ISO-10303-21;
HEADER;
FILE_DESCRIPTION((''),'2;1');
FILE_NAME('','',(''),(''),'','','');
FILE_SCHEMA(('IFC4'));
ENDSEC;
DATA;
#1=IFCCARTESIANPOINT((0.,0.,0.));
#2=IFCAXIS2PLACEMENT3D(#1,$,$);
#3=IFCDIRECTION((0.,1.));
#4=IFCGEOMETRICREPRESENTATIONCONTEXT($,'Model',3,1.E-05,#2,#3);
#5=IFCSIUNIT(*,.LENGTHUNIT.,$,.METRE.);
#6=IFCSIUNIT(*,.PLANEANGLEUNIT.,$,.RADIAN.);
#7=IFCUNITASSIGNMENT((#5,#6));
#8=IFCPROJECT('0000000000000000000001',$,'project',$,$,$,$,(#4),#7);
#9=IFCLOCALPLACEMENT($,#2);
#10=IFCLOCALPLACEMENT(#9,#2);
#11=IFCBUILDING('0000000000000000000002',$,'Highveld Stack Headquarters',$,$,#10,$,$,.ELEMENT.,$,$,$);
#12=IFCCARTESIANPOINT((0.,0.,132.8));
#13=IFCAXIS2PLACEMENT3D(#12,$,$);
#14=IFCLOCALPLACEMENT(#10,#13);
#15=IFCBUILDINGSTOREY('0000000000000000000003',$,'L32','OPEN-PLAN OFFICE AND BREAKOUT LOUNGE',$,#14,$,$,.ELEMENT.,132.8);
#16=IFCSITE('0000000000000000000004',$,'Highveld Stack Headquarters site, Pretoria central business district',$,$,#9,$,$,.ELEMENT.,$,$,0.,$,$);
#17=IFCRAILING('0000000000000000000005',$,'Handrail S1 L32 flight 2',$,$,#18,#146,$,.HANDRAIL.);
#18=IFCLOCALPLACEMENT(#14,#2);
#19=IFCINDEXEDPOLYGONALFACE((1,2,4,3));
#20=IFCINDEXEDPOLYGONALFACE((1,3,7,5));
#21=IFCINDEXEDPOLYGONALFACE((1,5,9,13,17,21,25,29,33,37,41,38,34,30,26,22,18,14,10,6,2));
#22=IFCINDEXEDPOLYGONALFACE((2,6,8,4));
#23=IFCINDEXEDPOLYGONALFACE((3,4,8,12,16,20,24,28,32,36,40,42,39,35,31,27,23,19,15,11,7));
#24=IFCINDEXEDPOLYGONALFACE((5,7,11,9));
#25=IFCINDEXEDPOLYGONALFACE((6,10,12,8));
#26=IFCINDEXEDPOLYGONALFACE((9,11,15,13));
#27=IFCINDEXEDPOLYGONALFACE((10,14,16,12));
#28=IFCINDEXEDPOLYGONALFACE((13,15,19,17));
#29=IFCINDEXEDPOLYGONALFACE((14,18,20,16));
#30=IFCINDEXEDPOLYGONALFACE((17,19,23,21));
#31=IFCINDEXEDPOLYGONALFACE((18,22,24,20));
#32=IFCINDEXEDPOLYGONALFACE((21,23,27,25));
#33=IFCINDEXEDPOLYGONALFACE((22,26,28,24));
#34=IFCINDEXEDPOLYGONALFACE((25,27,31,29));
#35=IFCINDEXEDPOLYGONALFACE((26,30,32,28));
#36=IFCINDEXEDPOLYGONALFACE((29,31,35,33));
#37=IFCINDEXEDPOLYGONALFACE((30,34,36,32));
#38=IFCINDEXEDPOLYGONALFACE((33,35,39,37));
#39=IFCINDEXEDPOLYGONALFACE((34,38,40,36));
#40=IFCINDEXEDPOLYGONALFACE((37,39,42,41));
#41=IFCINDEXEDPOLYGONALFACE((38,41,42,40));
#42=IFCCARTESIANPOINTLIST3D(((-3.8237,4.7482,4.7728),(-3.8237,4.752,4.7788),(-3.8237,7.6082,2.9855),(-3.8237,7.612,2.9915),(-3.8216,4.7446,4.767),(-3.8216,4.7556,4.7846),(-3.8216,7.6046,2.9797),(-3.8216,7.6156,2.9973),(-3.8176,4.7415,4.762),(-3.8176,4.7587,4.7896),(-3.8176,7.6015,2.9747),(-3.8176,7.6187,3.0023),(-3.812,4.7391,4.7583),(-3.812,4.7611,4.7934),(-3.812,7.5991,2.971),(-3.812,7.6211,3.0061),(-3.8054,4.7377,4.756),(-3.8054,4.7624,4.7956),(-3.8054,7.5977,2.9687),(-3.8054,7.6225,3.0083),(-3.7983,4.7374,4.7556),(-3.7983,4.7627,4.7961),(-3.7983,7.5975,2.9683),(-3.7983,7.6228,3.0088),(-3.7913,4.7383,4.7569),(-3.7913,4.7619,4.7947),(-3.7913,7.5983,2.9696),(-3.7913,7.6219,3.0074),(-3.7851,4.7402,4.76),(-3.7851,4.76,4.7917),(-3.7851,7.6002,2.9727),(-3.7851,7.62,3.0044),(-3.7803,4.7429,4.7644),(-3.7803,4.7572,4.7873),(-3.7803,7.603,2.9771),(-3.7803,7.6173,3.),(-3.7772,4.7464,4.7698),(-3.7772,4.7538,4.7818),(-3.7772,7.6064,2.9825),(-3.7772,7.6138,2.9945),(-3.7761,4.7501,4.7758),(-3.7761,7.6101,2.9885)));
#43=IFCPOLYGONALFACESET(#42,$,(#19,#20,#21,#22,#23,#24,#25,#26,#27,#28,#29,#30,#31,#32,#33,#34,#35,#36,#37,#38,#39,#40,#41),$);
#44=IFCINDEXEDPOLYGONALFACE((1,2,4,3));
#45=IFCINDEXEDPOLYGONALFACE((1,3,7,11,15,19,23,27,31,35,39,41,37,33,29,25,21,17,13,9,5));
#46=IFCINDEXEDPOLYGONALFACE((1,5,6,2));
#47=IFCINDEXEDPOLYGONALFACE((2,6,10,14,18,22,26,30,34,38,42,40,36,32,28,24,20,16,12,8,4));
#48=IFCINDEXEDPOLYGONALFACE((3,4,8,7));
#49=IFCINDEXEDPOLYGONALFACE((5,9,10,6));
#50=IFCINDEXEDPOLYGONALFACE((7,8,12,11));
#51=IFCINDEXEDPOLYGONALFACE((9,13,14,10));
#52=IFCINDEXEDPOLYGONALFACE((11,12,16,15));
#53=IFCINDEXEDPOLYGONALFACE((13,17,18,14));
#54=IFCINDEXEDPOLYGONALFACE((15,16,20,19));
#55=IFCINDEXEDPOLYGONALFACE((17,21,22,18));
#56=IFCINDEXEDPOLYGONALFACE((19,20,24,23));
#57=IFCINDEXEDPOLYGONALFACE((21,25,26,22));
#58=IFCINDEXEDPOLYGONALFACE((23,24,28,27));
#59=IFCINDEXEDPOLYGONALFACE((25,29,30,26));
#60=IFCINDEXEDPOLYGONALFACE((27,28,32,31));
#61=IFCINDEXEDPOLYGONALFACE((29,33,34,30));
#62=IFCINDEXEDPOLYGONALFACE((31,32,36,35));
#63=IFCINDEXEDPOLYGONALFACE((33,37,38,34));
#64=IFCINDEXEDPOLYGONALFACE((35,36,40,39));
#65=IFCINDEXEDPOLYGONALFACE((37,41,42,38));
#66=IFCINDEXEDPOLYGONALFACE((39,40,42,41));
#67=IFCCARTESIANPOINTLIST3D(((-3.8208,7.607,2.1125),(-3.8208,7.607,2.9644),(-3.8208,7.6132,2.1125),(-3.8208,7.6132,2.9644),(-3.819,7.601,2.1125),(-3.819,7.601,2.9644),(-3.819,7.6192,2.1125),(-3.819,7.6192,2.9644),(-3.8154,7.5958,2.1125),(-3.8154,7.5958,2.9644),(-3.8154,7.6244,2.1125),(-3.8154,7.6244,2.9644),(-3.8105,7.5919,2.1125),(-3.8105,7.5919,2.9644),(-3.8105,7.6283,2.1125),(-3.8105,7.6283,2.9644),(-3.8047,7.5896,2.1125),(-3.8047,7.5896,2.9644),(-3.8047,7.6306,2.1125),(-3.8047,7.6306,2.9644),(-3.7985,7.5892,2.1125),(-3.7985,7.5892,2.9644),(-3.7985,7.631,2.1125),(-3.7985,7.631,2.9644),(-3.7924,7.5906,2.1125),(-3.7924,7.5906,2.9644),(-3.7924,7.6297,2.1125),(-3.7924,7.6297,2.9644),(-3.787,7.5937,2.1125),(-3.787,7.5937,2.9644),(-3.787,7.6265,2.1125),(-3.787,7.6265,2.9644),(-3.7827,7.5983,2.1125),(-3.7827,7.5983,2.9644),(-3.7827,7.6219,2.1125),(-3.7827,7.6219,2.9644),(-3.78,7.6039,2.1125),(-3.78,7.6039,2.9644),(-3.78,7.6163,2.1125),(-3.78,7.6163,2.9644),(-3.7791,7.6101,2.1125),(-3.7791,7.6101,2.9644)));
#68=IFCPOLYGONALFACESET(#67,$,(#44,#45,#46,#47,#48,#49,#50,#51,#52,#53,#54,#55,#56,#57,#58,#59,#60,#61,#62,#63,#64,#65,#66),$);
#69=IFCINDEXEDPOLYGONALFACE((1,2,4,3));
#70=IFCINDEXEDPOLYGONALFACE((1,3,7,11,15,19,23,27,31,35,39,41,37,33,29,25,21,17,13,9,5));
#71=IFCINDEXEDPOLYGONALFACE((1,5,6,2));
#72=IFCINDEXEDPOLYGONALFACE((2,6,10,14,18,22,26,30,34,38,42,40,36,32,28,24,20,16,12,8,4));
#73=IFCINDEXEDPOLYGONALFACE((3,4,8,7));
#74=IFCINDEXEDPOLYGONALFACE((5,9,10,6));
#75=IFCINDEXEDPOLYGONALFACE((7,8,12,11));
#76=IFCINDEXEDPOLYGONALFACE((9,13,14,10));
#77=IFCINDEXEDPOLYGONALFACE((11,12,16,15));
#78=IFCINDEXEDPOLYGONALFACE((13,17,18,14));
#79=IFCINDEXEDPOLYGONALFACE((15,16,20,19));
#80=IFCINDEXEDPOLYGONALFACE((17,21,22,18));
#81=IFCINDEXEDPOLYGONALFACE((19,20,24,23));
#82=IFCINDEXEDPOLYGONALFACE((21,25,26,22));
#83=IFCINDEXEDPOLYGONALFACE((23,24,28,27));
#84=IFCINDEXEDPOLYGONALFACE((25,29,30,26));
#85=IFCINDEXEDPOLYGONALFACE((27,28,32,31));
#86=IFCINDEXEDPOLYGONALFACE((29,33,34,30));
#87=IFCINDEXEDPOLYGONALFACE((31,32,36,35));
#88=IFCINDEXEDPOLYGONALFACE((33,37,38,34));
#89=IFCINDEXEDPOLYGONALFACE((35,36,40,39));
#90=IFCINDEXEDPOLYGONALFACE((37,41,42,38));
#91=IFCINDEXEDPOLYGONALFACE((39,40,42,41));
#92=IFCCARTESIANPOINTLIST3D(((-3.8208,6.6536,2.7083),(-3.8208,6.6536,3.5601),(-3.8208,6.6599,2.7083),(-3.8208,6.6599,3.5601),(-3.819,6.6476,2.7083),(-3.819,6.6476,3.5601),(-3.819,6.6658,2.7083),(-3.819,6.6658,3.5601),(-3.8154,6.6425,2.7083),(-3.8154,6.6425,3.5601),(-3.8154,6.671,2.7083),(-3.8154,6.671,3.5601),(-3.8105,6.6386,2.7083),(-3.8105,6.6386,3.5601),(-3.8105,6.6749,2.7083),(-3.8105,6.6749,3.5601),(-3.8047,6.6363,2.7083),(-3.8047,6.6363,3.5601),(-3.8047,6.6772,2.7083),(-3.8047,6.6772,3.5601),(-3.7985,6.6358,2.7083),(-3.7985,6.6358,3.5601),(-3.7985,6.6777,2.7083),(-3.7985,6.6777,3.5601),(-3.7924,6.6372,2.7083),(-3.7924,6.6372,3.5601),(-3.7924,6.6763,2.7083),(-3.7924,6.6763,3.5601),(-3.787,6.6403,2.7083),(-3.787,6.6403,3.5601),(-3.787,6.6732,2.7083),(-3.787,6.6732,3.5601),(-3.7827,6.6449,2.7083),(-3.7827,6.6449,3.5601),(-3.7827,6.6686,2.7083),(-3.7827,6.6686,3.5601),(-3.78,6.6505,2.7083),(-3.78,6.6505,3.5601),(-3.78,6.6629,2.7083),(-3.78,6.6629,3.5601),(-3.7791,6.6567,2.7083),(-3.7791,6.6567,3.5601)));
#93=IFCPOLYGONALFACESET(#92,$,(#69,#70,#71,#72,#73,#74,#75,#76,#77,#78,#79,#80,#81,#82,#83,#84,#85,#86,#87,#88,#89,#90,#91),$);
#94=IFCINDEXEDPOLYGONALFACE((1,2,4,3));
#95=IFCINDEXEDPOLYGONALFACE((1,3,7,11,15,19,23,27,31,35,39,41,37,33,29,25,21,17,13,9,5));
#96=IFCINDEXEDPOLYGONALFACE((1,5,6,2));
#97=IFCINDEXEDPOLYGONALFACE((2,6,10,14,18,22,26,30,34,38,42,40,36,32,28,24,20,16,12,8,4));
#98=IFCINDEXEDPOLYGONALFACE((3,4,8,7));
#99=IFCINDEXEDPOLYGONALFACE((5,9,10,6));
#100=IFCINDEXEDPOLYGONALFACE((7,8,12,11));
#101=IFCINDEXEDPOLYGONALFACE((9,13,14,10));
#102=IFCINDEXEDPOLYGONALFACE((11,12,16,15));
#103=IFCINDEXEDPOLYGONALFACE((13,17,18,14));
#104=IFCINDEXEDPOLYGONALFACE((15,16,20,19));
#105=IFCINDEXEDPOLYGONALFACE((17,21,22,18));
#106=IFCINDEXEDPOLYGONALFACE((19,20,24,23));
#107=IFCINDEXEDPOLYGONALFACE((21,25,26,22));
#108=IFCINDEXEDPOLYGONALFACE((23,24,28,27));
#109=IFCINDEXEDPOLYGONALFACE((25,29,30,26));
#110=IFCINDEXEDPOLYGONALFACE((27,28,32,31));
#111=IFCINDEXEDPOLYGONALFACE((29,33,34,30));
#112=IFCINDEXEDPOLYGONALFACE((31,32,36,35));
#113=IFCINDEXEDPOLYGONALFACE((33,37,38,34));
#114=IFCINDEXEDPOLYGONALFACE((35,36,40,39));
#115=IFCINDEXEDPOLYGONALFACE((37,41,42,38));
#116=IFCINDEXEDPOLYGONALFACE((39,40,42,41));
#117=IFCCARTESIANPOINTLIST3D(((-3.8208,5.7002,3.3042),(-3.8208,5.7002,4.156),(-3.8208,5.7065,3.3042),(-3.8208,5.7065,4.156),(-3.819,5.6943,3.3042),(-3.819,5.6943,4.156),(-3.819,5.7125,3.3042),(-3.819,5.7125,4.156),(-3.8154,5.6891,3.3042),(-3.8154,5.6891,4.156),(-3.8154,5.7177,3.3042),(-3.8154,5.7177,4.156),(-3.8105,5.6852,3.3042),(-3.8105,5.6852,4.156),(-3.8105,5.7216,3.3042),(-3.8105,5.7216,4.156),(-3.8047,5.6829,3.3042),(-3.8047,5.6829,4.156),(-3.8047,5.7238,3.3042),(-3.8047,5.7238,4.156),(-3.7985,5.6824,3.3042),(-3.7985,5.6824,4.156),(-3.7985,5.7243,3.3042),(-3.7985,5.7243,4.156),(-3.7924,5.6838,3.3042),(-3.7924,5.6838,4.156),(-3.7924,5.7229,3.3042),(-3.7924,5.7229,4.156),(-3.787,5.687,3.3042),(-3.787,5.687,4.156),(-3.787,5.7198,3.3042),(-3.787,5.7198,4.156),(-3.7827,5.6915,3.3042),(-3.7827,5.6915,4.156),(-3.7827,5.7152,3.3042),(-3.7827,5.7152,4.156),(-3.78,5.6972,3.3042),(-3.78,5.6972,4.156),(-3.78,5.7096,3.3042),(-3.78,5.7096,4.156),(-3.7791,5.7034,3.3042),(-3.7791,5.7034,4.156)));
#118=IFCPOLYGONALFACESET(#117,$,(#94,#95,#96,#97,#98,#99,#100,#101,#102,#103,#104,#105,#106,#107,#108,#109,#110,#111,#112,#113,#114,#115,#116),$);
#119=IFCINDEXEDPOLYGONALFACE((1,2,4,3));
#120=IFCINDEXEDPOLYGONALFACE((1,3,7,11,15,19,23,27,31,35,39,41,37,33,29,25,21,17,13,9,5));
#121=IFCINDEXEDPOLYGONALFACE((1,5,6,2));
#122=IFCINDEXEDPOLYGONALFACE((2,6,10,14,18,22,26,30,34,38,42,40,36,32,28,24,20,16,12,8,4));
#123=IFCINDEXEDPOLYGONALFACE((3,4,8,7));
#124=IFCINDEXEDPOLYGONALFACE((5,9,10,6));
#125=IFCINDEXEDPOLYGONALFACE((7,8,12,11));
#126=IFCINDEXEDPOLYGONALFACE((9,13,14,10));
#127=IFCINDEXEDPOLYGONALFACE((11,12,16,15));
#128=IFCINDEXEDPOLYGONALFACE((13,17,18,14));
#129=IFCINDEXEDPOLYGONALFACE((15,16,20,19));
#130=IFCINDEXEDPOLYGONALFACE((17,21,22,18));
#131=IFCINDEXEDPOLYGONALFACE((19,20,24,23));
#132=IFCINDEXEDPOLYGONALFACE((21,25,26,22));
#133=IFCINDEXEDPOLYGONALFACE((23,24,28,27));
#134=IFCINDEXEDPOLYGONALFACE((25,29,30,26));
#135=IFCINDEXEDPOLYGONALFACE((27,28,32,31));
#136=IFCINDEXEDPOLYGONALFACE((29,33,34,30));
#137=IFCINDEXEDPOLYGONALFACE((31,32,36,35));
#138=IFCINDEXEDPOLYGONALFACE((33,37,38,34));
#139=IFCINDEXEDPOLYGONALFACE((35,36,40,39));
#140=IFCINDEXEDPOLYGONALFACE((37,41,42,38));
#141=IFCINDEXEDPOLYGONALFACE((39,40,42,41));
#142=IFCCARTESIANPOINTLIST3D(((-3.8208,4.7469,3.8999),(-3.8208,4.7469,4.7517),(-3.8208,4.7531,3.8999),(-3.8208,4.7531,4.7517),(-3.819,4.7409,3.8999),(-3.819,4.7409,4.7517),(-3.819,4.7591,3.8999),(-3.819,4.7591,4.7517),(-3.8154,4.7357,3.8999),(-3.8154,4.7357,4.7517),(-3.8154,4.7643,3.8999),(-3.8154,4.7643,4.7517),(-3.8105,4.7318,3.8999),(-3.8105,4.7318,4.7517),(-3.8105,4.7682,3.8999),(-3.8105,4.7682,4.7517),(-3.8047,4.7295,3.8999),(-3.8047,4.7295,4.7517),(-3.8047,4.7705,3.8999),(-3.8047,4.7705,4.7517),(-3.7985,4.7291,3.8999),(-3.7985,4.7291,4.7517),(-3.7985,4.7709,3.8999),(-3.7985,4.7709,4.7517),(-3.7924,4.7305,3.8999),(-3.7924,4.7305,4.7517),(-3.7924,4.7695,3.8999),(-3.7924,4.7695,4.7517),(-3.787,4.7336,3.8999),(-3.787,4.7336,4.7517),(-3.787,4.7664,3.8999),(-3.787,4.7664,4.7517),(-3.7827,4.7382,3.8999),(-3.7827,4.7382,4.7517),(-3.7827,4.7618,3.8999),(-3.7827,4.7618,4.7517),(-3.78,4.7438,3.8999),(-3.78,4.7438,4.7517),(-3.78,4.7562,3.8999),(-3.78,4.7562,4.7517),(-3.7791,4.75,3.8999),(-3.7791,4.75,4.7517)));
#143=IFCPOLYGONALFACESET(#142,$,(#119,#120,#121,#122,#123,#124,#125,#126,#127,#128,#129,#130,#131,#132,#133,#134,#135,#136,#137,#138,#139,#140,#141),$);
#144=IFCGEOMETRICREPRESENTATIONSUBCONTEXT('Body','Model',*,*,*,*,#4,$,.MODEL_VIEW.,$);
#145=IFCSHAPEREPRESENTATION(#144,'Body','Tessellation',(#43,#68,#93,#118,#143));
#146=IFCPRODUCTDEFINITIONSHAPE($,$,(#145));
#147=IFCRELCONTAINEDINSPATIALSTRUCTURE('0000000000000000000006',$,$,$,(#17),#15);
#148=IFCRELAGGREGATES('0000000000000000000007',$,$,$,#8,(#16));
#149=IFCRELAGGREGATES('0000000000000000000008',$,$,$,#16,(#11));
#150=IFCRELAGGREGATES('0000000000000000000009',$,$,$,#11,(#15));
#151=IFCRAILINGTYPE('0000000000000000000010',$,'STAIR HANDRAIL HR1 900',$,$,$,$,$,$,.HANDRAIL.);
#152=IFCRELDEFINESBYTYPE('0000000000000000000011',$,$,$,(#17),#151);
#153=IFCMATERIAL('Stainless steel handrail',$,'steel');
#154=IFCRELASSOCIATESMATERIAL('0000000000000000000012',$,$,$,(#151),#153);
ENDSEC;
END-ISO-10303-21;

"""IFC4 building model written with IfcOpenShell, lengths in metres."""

from ifc_helpers import new_model, si_unit, direction, frame, origin, origin_2d, place, context, subcontext, project, spatial, circle, extrude, material, type_object, element, save


model = new_model("IFC4")

# Units and contexts
model_context = context("Model", 3, precision=1e-05, world=origin(), true_north=direction((0.0, 1.0)))
body_context = subcontext(model_context, "Body", "Model", "MODEL_VIEW")
ifc_project = project(units=[si_unit("LENGTHUNIT", "METRE"), si_unit("PLANEANGLEUNIT", "RADIAN")], contexts=[model_context])

# Site, building, storey
site_placement = place(None, origin())
site = spatial("IfcSite", under=ifc_project, at=site_placement, Name="Highveld Stack Headquarters site, Pretoria central business district", CompositionType="ELEMENT", RefElevation=0.0)
building_placement = place(site_placement, origin())
building = spatial("IfcBuilding", under=site, at=building_placement, Name="Highveld Stack Headquarters", CompositionType="ELEMENT")
storey_placement = place(building_placement, frame((0.0, 0.0, 132.8)))
storey = spatial("IfcBuildingStorey", under=building, at=storey_placement, Name="L32", Description="OPEN-PLAN OFFICE AND BREAKOUT LOUNGE", CompositionType="ELEMENT", Elevation=132.8)

# Railing
ifc_material_1 = material(Name="Stainless steel handrail", Category="steel")
railing_type = type_object("IfcRailingType", Name="STAIR HANDRAIL HR1 900", PredefinedType="HANDRAIL", material=ifc_material_1)
railing_placement = place(storey_placement, frame((-3.8, 7.6101, 2.1125)))
element("IfcRailing", 1, at=railing_placement, inside=storey, type_object=railing_type, Name="Handrail S1 L32 flight 2", PredefinedType="HANDRAIL", context=body_context, shape_type="SweptSolid", body=[
    extrude(circle(Radius=0.0239, at=origin_2d()), frame((0.0, 0.0, 0.876), z_axis=(0.0, -0.848027, 0.529953), x_axis=(1.0, 0.0, 0.0)), (0.0, 0.0, 1.0), 3.3726),
    extrude(circle(Radius=0.021, at=origin_2d()), origin(), (0.0, 0.0, 1.0), 0.8518),
    extrude(circle(Radius=0.021, at=origin_2d()), frame((0.0, -0.9534, 0.5957)), (0.0, 0.0, 1.0), 0.8518),
    extrude(circle(Radius=0.021, at=origin_2d()), frame((0.0, -1.9067, 1.1917)), (0.0, 0.0, 1.0), 0.8518),
    extrude(circle(Radius=0.021, at=origin_2d()), frame((0.0, -2.8601, 1.7874)), (0.0, 0.0, 1.0), 0.8518),
])

save(model, "model.ifc")
